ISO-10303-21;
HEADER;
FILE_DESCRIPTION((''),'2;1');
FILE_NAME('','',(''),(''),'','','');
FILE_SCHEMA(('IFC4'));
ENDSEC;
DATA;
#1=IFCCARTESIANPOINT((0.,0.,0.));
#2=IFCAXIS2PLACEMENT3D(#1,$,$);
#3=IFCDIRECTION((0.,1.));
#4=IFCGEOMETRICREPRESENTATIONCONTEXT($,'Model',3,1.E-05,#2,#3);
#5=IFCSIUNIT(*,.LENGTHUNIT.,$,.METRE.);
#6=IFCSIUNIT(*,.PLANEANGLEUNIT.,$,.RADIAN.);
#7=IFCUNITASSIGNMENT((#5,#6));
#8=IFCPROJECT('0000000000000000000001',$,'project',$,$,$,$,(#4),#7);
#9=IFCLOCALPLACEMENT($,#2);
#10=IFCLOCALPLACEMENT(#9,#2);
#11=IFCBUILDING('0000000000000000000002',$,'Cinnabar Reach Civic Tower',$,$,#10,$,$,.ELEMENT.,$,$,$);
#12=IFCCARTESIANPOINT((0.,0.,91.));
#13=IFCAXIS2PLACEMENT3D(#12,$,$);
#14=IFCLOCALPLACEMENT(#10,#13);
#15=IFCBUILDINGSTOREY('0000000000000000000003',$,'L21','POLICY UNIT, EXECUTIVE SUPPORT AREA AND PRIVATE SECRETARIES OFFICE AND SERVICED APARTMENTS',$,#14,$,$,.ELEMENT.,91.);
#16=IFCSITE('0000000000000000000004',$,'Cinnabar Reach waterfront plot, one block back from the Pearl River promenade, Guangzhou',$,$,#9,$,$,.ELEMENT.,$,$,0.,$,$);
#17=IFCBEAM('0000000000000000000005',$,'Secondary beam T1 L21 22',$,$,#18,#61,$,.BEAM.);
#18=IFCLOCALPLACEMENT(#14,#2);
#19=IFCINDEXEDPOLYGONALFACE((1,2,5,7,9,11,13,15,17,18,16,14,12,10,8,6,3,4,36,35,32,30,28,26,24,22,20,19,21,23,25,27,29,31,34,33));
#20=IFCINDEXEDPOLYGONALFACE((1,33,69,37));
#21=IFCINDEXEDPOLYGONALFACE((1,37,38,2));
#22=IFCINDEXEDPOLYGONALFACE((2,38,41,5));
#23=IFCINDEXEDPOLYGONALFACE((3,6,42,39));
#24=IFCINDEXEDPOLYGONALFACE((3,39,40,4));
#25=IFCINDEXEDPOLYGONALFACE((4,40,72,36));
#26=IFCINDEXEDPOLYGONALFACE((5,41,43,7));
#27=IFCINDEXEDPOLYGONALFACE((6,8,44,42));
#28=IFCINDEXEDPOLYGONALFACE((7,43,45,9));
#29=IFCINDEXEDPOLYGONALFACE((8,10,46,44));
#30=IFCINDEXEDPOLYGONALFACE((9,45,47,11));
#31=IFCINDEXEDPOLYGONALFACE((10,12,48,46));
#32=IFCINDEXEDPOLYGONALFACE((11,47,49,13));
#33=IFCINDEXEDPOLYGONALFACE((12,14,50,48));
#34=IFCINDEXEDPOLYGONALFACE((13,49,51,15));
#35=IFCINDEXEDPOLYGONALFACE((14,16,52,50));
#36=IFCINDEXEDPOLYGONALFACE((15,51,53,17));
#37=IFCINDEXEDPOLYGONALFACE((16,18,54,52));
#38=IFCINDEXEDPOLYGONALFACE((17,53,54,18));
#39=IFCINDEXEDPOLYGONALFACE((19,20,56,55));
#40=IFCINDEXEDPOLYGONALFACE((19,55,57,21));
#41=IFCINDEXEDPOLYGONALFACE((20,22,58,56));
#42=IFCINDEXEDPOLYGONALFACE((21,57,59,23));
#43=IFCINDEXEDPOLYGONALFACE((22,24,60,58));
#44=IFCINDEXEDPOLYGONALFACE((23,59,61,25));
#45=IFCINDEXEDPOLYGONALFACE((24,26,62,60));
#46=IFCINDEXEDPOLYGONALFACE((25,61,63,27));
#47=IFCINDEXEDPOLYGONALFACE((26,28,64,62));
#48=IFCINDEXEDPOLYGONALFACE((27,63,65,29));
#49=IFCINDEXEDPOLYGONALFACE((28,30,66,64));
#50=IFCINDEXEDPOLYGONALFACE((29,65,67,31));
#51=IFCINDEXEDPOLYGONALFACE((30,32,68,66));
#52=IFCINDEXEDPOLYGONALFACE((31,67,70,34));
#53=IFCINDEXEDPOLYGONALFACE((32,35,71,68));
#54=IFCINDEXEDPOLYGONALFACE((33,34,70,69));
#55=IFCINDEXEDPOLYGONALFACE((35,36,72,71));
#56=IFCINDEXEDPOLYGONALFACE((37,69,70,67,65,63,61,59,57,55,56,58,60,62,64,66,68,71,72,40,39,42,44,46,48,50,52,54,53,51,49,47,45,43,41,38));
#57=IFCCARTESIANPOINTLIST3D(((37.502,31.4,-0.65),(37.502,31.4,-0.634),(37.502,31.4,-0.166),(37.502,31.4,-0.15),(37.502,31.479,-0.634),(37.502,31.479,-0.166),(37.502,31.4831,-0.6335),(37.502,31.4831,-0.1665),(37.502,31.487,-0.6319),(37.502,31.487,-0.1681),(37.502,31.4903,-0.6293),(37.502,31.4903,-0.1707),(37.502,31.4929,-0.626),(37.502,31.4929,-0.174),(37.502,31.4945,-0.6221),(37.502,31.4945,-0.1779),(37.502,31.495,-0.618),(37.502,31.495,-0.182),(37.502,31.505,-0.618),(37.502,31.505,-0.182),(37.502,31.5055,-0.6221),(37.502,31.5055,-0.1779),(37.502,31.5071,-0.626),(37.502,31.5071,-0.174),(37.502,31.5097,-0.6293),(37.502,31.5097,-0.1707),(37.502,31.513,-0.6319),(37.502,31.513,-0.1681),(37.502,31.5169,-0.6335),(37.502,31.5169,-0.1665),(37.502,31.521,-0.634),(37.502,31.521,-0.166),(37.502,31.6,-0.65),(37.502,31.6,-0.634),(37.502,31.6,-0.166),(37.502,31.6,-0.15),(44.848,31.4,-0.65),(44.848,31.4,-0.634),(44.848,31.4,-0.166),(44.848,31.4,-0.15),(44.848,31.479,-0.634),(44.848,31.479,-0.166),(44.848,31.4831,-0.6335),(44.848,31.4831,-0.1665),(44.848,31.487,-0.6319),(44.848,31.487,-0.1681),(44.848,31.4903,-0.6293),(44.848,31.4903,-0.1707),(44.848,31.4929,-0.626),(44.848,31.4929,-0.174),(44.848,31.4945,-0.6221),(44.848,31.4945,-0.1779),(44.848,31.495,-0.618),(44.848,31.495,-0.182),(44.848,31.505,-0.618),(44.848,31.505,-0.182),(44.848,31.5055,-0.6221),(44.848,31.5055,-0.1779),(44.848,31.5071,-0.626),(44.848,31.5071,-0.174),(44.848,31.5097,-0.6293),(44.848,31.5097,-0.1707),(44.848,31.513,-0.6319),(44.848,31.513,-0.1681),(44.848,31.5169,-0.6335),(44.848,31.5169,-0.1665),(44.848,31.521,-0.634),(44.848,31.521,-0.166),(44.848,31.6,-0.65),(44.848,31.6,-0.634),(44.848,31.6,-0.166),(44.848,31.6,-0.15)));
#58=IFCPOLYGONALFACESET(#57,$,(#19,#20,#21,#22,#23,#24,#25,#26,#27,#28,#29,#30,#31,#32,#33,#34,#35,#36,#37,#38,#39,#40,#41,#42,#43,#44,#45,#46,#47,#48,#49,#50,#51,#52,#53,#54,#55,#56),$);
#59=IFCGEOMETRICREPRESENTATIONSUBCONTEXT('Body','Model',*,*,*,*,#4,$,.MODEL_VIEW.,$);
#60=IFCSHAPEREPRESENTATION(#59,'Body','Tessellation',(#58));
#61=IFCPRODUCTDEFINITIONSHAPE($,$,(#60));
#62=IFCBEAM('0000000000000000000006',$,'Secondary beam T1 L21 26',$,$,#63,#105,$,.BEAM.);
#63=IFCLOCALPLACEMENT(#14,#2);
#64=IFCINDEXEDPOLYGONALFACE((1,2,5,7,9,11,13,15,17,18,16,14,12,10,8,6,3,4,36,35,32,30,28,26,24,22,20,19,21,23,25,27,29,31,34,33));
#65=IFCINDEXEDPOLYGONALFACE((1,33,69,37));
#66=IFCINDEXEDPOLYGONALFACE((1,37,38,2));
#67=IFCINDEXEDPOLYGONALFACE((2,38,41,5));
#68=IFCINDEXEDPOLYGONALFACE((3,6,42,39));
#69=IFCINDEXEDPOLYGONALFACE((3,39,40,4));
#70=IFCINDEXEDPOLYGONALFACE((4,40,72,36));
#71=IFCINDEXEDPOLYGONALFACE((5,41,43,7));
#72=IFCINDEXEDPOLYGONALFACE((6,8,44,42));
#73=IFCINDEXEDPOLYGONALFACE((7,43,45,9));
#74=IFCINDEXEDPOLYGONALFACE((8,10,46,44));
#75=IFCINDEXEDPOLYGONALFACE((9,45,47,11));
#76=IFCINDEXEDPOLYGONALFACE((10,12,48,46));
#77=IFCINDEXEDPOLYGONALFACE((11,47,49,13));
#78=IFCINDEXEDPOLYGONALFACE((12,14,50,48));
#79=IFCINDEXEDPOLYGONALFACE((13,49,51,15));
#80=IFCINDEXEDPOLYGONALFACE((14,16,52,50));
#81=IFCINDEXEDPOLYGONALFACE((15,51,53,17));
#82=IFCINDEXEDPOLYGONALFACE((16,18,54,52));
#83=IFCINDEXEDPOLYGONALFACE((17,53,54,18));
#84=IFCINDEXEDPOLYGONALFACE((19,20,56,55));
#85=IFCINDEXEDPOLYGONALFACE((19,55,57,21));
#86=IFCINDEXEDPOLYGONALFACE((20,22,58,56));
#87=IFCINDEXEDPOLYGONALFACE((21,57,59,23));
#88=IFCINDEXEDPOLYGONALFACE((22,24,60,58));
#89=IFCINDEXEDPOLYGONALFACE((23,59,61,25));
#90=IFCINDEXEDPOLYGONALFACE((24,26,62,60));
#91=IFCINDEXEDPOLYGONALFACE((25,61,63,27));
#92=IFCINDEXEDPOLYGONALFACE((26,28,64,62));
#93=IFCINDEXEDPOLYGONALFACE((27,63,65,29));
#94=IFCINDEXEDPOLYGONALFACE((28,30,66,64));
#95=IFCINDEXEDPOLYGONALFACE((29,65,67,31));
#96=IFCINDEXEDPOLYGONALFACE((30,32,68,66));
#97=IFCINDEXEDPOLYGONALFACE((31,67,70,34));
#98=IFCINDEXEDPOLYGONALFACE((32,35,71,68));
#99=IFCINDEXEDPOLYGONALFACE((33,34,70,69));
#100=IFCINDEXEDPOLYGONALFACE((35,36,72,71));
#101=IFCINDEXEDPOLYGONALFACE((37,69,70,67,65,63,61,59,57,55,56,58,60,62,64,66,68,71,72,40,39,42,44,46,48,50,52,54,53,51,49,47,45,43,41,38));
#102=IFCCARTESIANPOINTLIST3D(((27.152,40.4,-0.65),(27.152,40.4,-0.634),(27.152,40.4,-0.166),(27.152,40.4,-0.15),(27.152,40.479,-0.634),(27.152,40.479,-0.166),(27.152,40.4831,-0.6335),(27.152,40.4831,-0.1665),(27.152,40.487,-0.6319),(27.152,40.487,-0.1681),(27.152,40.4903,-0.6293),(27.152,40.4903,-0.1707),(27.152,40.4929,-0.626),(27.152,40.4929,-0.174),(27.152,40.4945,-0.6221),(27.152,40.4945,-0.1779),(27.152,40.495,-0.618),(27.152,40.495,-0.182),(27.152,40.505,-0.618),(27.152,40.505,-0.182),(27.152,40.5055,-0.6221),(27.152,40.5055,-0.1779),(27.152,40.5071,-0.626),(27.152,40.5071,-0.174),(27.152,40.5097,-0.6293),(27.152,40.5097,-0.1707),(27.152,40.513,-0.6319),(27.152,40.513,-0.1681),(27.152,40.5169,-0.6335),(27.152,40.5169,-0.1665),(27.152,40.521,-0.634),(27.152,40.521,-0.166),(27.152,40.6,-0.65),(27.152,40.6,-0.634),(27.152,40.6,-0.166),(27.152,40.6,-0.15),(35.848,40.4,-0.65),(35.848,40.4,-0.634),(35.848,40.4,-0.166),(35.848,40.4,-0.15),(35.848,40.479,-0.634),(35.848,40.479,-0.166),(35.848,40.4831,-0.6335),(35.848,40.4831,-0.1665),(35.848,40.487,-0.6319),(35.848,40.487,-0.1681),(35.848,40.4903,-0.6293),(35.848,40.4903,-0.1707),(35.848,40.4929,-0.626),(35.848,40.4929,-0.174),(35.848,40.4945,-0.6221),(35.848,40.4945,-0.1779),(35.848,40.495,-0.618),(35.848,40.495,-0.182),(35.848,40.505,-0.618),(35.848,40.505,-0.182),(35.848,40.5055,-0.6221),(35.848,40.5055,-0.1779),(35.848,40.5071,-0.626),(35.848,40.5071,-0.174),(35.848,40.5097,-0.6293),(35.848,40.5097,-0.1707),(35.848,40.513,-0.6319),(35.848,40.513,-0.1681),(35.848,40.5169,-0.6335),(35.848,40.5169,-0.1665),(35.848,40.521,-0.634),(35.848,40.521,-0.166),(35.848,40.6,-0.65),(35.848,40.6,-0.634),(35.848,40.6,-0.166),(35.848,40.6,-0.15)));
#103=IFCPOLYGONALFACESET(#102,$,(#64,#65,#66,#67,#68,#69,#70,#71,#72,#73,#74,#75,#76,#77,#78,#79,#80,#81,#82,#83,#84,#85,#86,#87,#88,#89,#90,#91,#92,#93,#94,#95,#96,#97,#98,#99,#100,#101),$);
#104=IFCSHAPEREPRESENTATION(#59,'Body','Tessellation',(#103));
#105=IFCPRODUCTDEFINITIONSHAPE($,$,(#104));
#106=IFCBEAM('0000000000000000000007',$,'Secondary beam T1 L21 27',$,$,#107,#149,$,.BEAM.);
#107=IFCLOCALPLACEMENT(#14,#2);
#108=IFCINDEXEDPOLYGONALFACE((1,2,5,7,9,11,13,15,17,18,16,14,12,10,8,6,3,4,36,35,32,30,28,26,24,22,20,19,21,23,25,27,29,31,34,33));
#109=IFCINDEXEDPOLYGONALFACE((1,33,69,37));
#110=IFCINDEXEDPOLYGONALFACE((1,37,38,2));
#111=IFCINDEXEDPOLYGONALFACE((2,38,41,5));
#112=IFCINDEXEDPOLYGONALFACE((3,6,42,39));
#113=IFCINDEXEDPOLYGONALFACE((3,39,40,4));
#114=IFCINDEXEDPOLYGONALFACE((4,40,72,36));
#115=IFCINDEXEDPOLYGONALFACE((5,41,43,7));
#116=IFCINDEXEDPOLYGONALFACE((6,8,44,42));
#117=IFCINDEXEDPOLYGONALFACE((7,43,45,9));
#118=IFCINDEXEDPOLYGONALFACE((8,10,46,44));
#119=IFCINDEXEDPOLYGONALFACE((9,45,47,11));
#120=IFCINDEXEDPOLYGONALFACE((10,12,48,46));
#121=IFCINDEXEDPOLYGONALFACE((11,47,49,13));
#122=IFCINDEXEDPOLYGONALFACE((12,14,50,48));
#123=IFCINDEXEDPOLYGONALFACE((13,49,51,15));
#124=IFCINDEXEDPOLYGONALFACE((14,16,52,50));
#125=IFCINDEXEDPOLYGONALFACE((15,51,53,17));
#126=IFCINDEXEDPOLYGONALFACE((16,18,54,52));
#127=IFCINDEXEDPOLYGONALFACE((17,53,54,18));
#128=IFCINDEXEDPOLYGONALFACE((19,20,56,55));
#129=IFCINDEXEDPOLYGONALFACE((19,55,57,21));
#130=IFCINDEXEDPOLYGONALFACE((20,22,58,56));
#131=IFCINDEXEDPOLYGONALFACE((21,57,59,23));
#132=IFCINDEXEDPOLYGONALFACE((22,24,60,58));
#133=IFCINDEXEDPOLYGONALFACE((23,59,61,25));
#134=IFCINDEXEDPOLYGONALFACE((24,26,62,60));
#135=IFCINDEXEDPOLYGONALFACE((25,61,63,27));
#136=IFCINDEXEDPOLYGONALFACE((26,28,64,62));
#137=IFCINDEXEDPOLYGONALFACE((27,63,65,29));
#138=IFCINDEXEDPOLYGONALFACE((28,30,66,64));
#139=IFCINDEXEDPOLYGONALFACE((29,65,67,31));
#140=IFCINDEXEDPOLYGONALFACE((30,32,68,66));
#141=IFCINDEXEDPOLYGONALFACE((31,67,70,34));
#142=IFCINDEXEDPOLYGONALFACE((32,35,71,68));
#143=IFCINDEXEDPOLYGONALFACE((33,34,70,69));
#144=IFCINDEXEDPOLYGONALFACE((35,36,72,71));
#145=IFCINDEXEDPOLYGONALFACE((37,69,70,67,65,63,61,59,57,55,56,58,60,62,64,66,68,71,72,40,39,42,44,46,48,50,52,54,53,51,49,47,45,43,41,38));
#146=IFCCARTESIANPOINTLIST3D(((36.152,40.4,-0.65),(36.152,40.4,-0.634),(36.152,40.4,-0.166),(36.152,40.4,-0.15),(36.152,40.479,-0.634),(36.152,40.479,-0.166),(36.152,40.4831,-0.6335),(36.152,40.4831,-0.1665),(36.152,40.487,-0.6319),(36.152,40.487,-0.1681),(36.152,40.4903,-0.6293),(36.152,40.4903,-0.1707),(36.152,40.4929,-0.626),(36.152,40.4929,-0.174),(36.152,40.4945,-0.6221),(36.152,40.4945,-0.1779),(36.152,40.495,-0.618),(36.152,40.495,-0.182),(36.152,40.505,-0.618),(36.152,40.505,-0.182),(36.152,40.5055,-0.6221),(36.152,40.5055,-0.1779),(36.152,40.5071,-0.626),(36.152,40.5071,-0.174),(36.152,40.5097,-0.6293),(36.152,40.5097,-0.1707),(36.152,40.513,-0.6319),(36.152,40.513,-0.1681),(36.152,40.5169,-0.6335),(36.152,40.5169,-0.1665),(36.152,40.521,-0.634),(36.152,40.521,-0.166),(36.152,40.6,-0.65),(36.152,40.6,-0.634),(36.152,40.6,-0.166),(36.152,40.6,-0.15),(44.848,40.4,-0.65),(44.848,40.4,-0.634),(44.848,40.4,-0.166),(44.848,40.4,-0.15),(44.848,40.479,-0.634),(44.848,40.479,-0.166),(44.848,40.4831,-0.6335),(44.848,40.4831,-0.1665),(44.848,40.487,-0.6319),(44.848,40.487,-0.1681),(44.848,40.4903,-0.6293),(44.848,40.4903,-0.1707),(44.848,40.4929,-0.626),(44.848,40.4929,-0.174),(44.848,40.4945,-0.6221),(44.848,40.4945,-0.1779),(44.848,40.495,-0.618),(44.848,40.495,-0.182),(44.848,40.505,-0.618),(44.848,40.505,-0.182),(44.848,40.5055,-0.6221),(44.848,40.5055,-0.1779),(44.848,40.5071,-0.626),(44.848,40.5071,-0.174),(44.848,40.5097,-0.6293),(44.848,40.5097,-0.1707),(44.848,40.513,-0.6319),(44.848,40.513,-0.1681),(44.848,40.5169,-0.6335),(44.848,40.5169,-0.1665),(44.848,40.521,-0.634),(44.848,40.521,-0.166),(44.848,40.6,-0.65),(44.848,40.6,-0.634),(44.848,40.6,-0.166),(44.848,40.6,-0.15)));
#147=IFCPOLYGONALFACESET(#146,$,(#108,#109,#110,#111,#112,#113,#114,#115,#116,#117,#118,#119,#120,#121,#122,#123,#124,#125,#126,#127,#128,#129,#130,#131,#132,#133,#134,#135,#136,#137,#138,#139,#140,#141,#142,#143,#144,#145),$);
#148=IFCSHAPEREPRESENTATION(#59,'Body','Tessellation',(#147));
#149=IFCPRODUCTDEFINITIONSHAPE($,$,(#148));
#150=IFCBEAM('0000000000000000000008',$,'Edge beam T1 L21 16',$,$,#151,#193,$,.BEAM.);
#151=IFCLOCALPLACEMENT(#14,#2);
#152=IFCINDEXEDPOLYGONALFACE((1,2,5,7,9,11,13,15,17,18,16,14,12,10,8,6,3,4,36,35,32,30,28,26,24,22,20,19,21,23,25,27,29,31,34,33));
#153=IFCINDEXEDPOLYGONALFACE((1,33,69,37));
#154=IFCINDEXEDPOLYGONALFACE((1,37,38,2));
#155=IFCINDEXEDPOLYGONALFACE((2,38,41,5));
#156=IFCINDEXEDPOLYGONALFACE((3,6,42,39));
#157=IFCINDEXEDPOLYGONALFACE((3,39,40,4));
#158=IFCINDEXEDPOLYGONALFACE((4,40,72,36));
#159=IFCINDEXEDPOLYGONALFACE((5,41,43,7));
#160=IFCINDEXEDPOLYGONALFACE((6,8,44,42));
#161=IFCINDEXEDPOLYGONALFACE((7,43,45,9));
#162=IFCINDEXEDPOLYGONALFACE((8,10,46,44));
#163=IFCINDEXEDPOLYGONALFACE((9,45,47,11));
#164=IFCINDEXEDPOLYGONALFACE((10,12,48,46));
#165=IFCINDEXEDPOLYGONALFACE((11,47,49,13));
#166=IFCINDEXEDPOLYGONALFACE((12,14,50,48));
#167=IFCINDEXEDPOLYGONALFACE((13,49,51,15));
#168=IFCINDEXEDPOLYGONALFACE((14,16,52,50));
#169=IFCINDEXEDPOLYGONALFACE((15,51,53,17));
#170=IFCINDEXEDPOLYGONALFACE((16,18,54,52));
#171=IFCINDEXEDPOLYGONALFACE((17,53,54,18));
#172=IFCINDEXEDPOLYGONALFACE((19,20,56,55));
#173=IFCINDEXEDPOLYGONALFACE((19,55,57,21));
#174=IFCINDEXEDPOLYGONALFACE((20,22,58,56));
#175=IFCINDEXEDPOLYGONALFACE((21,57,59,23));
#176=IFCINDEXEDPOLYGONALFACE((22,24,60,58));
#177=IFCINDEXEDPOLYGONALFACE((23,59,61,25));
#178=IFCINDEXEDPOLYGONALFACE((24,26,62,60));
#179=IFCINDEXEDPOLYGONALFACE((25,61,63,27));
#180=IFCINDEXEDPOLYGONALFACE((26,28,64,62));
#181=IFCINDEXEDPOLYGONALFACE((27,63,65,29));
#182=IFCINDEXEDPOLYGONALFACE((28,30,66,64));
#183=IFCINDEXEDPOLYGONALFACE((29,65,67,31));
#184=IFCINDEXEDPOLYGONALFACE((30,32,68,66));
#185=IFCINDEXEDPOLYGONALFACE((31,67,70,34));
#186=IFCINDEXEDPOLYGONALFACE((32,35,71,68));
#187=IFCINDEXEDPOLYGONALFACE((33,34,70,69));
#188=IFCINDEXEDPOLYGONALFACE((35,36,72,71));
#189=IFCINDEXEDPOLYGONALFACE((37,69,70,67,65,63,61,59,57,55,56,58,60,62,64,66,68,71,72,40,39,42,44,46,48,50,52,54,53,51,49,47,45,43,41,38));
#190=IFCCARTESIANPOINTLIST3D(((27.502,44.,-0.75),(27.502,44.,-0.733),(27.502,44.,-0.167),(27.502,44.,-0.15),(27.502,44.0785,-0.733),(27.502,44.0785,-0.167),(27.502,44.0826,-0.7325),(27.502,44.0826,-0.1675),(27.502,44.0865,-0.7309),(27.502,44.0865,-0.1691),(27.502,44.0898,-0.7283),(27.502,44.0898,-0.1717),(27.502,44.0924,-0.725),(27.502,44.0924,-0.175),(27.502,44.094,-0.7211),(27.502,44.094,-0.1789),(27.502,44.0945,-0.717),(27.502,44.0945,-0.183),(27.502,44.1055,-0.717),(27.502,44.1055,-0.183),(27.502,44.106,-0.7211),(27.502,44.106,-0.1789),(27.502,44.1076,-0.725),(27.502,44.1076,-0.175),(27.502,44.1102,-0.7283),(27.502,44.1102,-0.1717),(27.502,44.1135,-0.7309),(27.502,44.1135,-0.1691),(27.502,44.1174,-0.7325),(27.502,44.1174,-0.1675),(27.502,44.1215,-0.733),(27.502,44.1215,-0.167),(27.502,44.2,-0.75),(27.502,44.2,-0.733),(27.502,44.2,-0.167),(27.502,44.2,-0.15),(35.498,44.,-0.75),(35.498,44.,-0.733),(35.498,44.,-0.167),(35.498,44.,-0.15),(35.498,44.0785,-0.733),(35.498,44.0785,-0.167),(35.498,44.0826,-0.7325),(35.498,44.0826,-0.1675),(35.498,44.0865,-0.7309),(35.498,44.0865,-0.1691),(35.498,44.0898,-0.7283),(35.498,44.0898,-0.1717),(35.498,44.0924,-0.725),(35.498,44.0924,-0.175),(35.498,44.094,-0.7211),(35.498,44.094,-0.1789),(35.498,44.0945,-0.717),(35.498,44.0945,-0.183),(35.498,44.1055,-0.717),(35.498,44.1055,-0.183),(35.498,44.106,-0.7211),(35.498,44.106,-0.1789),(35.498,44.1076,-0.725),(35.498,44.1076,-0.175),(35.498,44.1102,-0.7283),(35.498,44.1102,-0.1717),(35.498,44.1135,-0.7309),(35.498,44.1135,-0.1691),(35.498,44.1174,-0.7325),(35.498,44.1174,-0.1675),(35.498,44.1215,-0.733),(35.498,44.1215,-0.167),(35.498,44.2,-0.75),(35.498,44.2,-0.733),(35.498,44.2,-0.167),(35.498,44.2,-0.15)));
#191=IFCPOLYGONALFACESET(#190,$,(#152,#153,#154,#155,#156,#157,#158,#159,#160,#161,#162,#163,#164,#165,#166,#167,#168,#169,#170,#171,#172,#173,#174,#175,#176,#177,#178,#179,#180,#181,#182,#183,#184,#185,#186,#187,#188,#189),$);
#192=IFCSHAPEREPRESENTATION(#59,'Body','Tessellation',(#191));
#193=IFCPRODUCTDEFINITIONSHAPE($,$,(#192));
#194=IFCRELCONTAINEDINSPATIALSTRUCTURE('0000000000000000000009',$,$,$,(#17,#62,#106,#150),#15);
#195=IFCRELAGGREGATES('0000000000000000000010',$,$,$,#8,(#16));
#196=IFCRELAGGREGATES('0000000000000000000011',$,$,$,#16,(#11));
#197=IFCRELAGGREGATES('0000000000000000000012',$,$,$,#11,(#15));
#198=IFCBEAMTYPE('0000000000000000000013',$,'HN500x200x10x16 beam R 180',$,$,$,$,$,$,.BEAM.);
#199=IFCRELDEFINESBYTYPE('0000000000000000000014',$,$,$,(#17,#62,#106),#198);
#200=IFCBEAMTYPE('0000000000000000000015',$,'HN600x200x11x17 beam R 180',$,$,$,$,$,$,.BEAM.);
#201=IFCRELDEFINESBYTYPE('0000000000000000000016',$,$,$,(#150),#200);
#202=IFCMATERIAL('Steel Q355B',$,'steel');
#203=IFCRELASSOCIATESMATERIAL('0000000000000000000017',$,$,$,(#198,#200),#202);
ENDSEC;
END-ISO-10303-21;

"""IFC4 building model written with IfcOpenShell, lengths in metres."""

from ifc_helpers import new_model, si_unit, direction, frame, origin, origin_2d, place, context, subcontext, project, spatial, i_section, extrude, material, material_profile, profile_set, type_object, element, save


model = new_model("IFC4")

# Units and contexts
model_context = context("Model", 3, precision=1e-05, world=origin(), true_north=direction((0.0, 1.0)))
body_context = subcontext(model_context, "Body", "Model", "MODEL_VIEW")
ifc_project = project(units=[si_unit("LENGTHUNIT", "METRE"), si_unit("PLANEANGLEUNIT", "RADIAN")], contexts=[model_context])

# Site, building, storey
site_placement = place(None, origin())
site = spatial("IfcSite", under=ifc_project, at=site_placement, Name="Cinnabar Reach waterfront plot, one block back from the Pearl River promenade, Guangzhou", CompositionType="ELEMENT", RefElevation=0.0)
building_placement = place(site_placement, origin())
building = spatial("IfcBuilding", under=site, at=building_placement, Name="Cinnabar Reach Civic Tower", CompositionType="ELEMENT")
storey_placement = place(building_placement, frame((0.0, 0.0, 91.0)))
storey = spatial("IfcBuildingStorey", under=building, at=storey_placement, Name="L21", Description="POLICY UNIT, EXECUTIVE SUPPORT AREA AND PRIVATE SECRETARIES OFFICE AND SERVICED APARTMENTS", CompositionType="ELEMENT", Elevation=91.0)

# Beams
ifc_material_1 = material(Name="Steel Q355B", Category="steel")
ifc_material_profile_1 = material_profile(ifc_material_1, i_section(OverallWidth=0.2, OverallDepth=0.5, WebThickness=0.01, FlangeThickness=0.016, FilletRadius=0.016, at=origin_2d()), Name="HN500x200x10x16")
ifc_profile_set_1 = profile_set([ifc_material_profile_1], Name="Steel Q355B")
beam_type_1 = type_object("IfcBeamType", Name="HN500x200x10x16 beam R 180", PredefinedType="BEAM", material=ifc_profile_set_1)
beam_1_placement = place(storey_placement, frame((37.502, 31.5, -0.4), z_axis=(1.0, 0.0, 0.0), x_axis=(0.0, 1.0, 0.0)))
element("IfcBeam", 1, at=beam_1_placement, inside=storey, type_object=beam_type_1, Name="Secondary beam T1 L21 22", PredefinedType="BEAM", context=body_context, shape_type="SweptSolid", body=[
    extrude(i_section(OverallWidth=0.2, OverallDepth=0.5, WebThickness=0.01, FlangeThickness=0.016, FilletRadius=0.016, at=origin_2d()), origin(), (0.0, 0.0, 1.0), 7.346),
])
for number, where, z_axis, x_axis, name in (
    (2, (27.152, 40.5, -0.4), (1.0, 0.0, 0.0), (0.0, 1.0, 0.0), "Secondary beam T1 L21 26"),
    (3, (36.152, 40.5, -0.4), (1.0, 0.0, 0.0), (0.0, 1.0, 0.0), "Secondary beam T1 L21 27"),
):
    element("IfcBeam", number, at=place(storey_placement, frame(where, z_axis=z_axis, x_axis=x_axis)), inside=storey, type_object=beam_type_1, Name=name, PredefinedType="BEAM", context=body_context, shape_type="SweptSolid", body=[
        extrude(i_section(OverallWidth=0.2, OverallDepth=0.5, WebThickness=0.01, FlangeThickness=0.016, FilletRadius=0.016, at=origin_2d()), origin(), (0.0, 0.0, 1.0), 8.696),
    ])
ifc_material_profile_2 = material_profile(ifc_material_1, i_section(OverallWidth=0.2, OverallDepth=0.6, WebThickness=0.011, FlangeThickness=0.017, FilletRadius=0.016, at=origin_2d()), Name="HN600x200x11x17")
ifc_profile_set_2 = profile_set([ifc_material_profile_2], Name="Steel Q355B")
beam_type_2 = type_object("IfcBeamType", Name="HN600x200x11x17 beam R 180", PredefinedType="BEAM", material=ifc_profile_set_2)
beam_2_placement = place(storey_placement, frame((35.498, 44.1, -0.45), z_axis=(-1.0, 0.0, 0.0), x_axis=(0.0, -1.0, 0.0)))
element("IfcBeam", 4, at=beam_2_placement, inside=storey, type_object=beam_type_2, Name="Edge beam T1 L21 16", PredefinedType="BEAM", context=body_context, shape_type="SweptSolid", body=[
    extrude(i_section(OverallWidth=0.2, OverallDepth=0.6, WebThickness=0.011, FlangeThickness=0.017, FilletRadius=0.016, at=origin_2d()), origin(), (0.0, 0.0, 1.0), 7.996),
])

save(model, "model.ifc")
